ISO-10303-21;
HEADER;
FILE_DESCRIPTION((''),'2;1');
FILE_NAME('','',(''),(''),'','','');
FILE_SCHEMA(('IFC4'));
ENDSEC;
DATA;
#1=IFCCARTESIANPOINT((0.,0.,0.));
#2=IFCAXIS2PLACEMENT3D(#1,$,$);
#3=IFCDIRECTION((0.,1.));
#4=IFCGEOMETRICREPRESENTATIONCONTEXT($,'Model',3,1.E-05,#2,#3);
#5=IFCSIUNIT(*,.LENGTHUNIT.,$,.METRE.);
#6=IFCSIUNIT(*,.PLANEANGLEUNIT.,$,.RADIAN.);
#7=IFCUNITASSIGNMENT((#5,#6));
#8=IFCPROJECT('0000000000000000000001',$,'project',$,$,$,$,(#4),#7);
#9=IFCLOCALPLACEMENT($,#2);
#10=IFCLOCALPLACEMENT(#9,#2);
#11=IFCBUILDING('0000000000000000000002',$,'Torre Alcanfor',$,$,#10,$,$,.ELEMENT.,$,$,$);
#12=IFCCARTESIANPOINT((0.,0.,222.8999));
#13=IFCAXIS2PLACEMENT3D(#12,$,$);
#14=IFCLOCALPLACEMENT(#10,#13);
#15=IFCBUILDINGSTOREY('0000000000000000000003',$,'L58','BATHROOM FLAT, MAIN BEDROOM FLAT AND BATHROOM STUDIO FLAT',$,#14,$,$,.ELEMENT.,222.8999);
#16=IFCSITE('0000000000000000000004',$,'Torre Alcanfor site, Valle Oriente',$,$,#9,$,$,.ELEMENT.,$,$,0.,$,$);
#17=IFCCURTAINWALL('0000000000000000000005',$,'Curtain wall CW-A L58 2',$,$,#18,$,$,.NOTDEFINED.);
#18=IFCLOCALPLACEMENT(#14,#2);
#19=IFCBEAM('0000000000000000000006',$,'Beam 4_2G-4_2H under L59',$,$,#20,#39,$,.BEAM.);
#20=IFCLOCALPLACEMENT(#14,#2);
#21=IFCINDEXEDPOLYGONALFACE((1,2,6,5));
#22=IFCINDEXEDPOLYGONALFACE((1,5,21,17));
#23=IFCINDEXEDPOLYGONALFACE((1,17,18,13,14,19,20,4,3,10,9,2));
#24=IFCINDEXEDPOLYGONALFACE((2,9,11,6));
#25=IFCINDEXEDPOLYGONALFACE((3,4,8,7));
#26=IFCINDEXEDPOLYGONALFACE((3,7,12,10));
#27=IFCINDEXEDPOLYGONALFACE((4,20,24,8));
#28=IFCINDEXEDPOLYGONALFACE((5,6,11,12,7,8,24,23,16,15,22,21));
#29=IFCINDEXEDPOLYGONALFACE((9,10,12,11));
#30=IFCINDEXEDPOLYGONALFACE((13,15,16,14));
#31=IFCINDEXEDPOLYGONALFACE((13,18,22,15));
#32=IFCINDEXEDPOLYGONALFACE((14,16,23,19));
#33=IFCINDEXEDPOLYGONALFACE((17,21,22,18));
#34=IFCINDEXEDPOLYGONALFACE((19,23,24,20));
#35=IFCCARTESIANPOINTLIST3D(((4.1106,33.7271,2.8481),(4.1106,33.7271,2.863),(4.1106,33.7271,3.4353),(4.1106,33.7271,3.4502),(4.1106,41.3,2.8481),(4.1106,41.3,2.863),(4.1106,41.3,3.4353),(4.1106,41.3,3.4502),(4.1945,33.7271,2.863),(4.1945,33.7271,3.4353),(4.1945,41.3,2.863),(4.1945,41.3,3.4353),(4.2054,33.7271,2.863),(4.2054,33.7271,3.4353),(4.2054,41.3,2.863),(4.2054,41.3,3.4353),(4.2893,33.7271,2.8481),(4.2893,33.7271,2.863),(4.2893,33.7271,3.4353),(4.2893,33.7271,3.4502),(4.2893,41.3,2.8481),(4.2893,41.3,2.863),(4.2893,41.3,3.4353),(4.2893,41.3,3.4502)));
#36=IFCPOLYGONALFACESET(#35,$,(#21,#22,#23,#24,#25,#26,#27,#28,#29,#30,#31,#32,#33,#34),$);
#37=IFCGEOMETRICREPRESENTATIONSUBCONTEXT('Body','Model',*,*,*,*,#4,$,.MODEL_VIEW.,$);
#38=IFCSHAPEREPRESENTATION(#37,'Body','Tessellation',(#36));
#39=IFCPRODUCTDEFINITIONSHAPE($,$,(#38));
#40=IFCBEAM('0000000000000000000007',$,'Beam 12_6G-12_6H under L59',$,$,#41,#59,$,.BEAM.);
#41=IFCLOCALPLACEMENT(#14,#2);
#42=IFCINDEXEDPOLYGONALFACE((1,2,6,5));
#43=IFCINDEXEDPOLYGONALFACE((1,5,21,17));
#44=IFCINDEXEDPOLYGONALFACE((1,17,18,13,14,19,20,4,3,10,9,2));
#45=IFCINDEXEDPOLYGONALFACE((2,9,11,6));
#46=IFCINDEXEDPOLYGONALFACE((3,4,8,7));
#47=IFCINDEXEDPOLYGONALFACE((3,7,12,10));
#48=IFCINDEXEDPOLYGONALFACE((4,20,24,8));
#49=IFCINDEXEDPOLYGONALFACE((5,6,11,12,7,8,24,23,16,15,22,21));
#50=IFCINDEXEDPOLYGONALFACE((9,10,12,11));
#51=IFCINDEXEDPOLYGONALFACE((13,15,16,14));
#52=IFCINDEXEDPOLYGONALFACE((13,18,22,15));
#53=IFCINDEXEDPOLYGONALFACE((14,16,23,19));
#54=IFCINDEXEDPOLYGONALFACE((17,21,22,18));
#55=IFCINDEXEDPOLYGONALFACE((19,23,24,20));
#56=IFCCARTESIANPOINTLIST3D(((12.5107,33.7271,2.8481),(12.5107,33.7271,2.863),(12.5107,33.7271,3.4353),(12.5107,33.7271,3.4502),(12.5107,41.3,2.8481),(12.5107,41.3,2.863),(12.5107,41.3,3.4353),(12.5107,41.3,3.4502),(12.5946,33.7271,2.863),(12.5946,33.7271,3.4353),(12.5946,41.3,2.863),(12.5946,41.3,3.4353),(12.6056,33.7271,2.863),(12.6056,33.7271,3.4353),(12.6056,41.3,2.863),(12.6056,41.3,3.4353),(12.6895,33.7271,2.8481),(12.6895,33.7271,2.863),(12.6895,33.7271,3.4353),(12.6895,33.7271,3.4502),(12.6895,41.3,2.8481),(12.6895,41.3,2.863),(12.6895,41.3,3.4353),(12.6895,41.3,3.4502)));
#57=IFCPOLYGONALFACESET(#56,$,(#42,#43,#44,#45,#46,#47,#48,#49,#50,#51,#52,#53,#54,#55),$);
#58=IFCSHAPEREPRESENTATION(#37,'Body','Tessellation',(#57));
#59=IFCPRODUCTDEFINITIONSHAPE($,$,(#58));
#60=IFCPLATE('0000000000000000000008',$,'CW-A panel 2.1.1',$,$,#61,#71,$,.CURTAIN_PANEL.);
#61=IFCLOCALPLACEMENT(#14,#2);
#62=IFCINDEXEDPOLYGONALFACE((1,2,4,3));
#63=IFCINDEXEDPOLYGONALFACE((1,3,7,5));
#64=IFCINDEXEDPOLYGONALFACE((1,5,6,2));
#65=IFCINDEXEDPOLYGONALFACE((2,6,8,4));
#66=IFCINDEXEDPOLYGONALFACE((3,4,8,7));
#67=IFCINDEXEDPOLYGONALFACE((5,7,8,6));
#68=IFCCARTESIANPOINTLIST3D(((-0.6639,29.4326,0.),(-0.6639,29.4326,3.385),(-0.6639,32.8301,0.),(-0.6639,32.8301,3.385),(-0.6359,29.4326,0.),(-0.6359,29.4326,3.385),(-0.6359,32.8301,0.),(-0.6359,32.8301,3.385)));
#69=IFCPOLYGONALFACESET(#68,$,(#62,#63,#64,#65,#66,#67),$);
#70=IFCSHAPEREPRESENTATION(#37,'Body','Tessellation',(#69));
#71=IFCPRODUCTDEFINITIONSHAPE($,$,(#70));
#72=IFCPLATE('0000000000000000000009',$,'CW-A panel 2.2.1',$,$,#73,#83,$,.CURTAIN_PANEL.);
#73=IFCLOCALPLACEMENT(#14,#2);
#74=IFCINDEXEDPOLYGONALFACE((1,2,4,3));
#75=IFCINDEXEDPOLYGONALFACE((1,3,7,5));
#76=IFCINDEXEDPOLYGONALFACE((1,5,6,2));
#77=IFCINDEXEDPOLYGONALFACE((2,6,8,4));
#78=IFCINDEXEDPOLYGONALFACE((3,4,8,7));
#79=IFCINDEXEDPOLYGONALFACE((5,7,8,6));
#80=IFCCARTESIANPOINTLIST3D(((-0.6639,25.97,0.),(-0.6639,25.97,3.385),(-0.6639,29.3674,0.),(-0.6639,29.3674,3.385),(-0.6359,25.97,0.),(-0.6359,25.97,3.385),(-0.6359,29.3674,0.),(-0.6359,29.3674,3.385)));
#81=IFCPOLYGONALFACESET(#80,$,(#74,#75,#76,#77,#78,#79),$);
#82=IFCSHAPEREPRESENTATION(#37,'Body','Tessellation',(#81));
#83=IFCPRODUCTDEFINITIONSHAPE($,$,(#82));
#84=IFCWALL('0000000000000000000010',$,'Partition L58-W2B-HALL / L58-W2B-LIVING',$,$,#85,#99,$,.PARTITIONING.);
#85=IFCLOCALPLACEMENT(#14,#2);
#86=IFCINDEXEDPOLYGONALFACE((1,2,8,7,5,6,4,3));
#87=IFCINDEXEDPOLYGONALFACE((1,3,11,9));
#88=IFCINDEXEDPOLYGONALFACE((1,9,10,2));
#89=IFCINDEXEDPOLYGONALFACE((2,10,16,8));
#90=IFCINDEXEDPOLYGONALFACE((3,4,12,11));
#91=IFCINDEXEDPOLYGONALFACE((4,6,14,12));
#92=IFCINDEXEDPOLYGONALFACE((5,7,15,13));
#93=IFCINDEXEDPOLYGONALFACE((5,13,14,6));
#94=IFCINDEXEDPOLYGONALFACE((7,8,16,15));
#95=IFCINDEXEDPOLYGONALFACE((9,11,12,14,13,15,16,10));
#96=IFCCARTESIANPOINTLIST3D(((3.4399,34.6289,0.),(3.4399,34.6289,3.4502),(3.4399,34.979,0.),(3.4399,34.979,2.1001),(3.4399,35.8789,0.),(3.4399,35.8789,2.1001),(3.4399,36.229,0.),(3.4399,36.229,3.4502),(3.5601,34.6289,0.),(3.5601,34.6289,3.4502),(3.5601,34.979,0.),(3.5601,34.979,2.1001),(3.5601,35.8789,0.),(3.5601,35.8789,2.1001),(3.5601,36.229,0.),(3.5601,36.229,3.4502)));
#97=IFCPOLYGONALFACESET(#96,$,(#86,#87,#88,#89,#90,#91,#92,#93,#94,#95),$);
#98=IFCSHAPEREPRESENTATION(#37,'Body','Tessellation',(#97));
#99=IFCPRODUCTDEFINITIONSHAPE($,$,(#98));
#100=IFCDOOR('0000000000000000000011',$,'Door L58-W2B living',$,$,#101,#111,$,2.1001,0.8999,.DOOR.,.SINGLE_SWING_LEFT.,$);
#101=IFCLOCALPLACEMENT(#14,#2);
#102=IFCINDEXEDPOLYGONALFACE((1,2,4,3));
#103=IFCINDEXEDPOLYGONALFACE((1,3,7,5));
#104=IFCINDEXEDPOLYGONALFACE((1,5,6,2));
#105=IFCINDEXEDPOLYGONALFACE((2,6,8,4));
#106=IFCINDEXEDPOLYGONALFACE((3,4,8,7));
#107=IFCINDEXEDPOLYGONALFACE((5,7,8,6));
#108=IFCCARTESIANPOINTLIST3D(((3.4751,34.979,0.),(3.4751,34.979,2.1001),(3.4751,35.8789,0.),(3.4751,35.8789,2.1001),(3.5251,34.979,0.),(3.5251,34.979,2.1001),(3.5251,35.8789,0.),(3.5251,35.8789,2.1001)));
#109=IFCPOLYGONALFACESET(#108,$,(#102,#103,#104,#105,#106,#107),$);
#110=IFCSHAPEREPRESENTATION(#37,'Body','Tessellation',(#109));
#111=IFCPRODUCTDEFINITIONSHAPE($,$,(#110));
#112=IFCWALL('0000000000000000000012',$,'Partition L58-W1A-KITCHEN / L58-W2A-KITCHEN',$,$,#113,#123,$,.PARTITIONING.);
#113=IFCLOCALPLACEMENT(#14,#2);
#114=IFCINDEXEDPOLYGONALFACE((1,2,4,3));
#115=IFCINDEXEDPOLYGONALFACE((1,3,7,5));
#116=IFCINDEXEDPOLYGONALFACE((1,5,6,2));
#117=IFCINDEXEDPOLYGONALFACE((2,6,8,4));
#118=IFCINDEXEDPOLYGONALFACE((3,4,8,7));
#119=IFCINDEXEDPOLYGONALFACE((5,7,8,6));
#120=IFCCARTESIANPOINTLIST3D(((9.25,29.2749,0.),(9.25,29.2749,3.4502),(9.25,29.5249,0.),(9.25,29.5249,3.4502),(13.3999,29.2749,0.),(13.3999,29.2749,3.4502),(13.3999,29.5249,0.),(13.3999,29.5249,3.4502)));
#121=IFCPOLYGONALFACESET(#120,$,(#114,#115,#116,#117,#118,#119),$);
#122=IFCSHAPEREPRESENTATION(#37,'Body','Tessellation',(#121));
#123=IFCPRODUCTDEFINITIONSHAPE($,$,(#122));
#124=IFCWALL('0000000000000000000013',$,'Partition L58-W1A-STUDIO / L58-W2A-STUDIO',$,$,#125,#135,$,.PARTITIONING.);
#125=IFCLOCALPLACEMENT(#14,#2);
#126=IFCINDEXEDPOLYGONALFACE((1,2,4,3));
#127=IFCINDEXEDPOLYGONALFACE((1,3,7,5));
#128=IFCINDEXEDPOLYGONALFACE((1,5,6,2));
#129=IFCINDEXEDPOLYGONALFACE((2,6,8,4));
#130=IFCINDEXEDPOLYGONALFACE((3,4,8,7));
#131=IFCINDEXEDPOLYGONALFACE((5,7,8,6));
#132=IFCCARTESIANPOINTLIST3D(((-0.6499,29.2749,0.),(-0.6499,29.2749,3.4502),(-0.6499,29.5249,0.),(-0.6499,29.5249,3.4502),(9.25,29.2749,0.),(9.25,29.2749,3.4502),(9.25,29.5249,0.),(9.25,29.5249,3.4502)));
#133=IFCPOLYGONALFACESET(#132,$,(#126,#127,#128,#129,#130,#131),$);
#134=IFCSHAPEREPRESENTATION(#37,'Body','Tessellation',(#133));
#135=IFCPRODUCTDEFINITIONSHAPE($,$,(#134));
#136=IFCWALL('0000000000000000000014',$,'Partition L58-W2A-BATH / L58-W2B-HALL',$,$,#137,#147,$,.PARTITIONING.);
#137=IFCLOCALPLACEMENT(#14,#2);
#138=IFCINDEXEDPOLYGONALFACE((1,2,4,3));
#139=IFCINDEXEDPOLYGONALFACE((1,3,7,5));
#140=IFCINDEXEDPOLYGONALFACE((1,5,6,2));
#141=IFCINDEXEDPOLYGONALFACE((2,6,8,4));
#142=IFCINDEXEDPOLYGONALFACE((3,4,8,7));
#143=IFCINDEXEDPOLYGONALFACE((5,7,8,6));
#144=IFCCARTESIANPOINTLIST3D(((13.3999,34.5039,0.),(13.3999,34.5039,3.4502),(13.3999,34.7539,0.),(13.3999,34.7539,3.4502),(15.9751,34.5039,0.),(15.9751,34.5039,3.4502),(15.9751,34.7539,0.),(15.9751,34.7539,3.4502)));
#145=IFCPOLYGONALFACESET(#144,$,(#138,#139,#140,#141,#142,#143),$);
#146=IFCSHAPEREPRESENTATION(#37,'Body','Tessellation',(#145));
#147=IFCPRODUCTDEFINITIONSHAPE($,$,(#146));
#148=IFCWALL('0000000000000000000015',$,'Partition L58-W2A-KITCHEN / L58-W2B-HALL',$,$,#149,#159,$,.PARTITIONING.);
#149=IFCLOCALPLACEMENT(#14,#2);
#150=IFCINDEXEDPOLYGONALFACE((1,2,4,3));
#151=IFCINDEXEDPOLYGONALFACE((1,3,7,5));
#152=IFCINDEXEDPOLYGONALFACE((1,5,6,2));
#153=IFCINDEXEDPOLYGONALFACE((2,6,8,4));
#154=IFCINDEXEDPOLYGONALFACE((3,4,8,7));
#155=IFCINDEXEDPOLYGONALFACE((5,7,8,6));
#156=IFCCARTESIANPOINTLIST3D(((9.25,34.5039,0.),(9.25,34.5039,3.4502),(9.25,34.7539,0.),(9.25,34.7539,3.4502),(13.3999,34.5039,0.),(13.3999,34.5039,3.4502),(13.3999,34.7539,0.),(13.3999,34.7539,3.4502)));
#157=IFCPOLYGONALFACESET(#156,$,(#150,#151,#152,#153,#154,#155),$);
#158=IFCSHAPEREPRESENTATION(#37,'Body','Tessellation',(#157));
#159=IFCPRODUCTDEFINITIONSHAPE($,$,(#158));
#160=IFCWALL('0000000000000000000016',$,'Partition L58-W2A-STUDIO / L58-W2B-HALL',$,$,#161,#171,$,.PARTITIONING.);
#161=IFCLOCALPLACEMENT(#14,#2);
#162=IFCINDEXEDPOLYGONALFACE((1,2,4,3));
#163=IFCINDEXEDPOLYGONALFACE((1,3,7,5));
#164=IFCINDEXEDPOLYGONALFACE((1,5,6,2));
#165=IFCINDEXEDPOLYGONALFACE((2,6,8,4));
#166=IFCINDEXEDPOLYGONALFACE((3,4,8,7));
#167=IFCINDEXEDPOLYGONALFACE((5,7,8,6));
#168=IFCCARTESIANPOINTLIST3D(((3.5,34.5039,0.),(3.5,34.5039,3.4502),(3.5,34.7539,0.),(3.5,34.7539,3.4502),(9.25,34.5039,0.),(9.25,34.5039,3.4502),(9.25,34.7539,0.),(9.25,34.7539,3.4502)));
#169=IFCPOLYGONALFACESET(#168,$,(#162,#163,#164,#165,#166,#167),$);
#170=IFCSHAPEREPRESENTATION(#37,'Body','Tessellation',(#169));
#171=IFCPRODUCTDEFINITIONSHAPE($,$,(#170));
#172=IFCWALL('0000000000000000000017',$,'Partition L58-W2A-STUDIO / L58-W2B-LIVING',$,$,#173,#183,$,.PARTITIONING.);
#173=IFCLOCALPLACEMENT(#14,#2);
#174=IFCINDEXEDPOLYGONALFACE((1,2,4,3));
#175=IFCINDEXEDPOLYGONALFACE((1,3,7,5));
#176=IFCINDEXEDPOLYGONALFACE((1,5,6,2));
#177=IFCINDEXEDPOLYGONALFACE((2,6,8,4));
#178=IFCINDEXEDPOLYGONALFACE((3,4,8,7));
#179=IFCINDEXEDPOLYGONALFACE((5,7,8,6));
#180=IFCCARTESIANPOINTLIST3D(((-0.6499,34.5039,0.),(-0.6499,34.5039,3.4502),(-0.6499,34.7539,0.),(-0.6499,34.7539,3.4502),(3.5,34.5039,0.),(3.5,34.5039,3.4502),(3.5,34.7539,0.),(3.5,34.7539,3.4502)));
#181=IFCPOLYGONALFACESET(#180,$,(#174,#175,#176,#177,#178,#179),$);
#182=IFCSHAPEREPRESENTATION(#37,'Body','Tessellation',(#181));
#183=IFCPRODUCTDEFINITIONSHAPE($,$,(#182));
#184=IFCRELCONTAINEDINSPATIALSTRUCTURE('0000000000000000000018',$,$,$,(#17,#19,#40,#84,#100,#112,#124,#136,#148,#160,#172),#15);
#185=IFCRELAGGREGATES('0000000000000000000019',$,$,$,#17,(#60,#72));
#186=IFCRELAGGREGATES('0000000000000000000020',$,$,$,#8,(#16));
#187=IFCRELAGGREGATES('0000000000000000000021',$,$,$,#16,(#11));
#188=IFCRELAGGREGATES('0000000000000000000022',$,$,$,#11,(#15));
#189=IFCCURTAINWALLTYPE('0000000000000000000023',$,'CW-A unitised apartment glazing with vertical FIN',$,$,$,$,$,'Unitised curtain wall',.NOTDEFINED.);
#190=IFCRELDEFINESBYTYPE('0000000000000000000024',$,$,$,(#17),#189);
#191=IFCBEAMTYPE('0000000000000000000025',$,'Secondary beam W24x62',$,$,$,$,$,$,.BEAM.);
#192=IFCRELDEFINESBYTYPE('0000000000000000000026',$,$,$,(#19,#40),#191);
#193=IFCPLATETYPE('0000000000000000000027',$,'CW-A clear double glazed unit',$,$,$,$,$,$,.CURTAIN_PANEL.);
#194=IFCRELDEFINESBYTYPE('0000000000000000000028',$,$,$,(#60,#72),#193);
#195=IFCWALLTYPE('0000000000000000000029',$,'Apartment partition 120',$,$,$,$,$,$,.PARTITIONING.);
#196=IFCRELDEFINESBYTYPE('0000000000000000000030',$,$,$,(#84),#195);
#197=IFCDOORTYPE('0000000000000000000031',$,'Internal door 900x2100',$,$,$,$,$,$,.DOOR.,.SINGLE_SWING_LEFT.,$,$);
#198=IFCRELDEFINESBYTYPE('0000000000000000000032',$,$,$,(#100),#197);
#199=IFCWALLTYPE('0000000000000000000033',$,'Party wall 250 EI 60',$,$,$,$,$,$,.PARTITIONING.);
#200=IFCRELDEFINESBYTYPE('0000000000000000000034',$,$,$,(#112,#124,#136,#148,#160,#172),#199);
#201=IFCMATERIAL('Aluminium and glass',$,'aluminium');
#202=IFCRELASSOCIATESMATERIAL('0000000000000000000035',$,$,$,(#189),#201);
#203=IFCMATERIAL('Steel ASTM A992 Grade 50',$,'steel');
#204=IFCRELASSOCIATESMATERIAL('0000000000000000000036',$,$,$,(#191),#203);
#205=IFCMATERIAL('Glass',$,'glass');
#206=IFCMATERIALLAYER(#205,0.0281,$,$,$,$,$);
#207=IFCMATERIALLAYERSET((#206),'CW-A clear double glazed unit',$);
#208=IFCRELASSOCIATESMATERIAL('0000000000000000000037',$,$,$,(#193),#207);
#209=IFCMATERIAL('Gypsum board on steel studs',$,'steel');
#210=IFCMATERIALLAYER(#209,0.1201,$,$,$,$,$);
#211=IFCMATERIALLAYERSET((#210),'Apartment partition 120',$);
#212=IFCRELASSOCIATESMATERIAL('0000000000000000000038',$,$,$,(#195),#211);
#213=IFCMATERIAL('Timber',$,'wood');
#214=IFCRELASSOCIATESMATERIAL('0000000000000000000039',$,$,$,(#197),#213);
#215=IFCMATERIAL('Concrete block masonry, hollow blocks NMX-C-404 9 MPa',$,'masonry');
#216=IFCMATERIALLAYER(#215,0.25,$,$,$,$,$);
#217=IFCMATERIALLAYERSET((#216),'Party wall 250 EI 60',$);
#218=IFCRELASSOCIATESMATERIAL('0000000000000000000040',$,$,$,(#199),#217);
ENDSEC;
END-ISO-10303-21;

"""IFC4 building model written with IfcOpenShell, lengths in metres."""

from ifc_helpers import new_model, si_unit, direction, frame, frame_2d, origin, origin_2d, place, context, subcontext, project, spatial, rectangle, i_section, extrude, material, layer, layer_set, material_profile, profile_set, type_object, element, fill, aggregate, save


model = new_model("IFC4")

# Units and contexts
model_context = context("Model", 3, precision=1e-05, world=origin(), true_north=direction((0.0, 1.0)))
body_context = subcontext(model_context, "Body", "Model", "MODEL_VIEW")
ifc_project = project(units=[si_unit("LENGTHUNIT", "METRE"), si_unit("PLANEANGLEUNIT", "RADIAN")], contexts=[model_context])

# Site, building, storey
site_placement = place(None, origin())
site = spatial("IfcSite", under=ifc_project, at=site_placement, Name="Torre Alcanfor site, Valle Oriente", CompositionType="ELEMENT", RefElevation=0.0)
building_placement = place(site_placement, origin())
building = spatial("IfcBuilding", under=site, at=building_placement, Name="Torre Alcanfor", CompositionType="ELEMENT")
storey_placement = place(building_placement, frame((0.0, 0.0, 222.8999)))
storey = spatial("IfcBuildingStorey", under=building, at=storey_placement, Name="L58", Description="BATHROOM FLAT, MAIN BEDROOM FLAT AND BATHROOM STUDIO FLAT", CompositionType="ELEMENT", Elevation=222.8999)

# Curtain wall
ifc_material_1 = material(Name="Aluminium and glass", Category="aluminium")
curtain_wall_type = type_object("IfcCurtainWallType", Name="CW-A unitised apartment glazing with vertical FIN", ElementType="Unitised curtain wall", PredefinedType="NOTDEFINED", material=ifc_material_1)
curtain_wall_placement = place(storey_placement, origin())
curtain_wall = element("IfcCurtainWall", 1, at=curtain_wall_placement, inside=storey, type_object=curtain_wall_type, Name="Curtain wall CW-A L58 2", PredefinedType="NOTDEFINED")

# Beams
ifc_material_2 = material(Name="Steel ASTM A992 Grade 50", Category="steel")
ifc_material_profile_1 = material_profile(ifc_material_2, i_section(OverallWidth=0.1787, OverallDepth=0.6021, WebThickness=0.011, FlangeThickness=0.0149, at=origin_2d()), Name="W24x62")
ifc_profile_set_1 = profile_set([ifc_material_profile_1], Name="Steel ASTM A992 Grade 50")
beam_type_1 = type_object("IfcBeamType", Name="Secondary beam W24x62", PredefinedType="BEAM", material=ifc_profile_set_1)
for number, where, z_axis, x_axis, name in (
    (2, (4.2, 33.7271, 3.1492), (0.0, 1.0, 0.0), (-1.0, 0.0, 0.0), "Beam 4_2G-4_2H under L59"),
    (3, (12.6001, 33.7271, 3.1492), (0.0, 1.0, 0.0), (-1.0, 0.0, 0.0), "Beam 12_6G-12_6H under L59"),
):
    element("IfcBeam", number, at=place(storey_placement, frame(where, z_axis=z_axis, x_axis=x_axis)), inside=storey, type_object=beam_type_1, Name=name, PredefinedType="BEAM", context=body_context, shape_type="SweptSolid", body=[
        extrude(i_section(OverallWidth=0.1787, OverallDepth=0.6021, WebThickness=0.011, FlangeThickness=0.0149, at=origin_2d()), origin(), (0.0, 0.0, 1.0), 7.573),
    ])

# Plates
ifc_material_3 = material(Name="Glass", Category="glass")
ifc_layer_1 = layer(ifc_material_3, 0.0281)
ifc_layer_set_1 = layer_set([ifc_layer_1], Name="CW-A clear double glazed unit")
plate_type = type_object("IfcPlateType", Name="CW-A clear double glazed unit", PredefinedType="CURTAIN_PANEL", material=ifc_layer_set_1)
plate_1_placement = place(storey_placement, frame((-0.6499, 31.1313, 0.0), z_axis=(0.0, 0.0, 1.0), x_axis=(0.0, -1.0, 0.0)))
plate_1 = element("IfcPlate", 4, at=plate_1_placement, type_object=plate_type, Name="CW-A panel 2.1.1", PredefinedType="CURTAIN_PANEL", context=body_context, shape_type="SweptSolid", body=[
    extrude(rectangle(XDim=3.3975, YDim=0.0281, at=origin_2d()), origin(), (0.0, 0.0, 1.0), 3.385),
])
plate_2_placement = place(storey_placement, frame((-0.6499, 27.6687, 0.0), z_axis=(0.0, 0.0, 1.0), x_axis=(0.0, -1.0, 0.0)))
plate_2 = element("IfcPlate", 5, at=plate_2_placement, type_object=plate_type, Name="CW-A panel 2.2.1", PredefinedType="CURTAIN_PANEL", context=body_context, shape_type="SweptSolid", body=[
    extrude(rectangle(XDim=3.3975, YDim=0.0281, at=origin_2d()), origin(), (0.0, 0.0, 1.0), 3.385),
])
aggregate(curtain_wall, [plate_1, plate_2])

# Wall, opening, door
ifc_material_4 = material(Name="Gypsum board on steel studs", Category="steel")
ifc_layer_2 = layer(ifc_material_4, 0.1201)
ifc_layer_set_2 = layer_set([ifc_layer_2], Name="Apartment partition 120")
wall_type_1 = type_object("IfcWallType", Name="Apartment partition 120", PredefinedType="PARTITIONING", material=ifc_layer_set_2)
wall_1_placement = place(storey_placement, frame((3.5, 34.6289, 0.0), z_axis=(0.0, 0.0, 1.0), x_axis=(0.0, 1.0, 0.0)))
wall_1 = element("IfcWall", 6, at=wall_1_placement, inside=storey, type_object=wall_type_1, Name="Partition L58-W2B-HALL / L58-W2B-LIVING", PredefinedType="PARTITIONING", context=body_context, shape_type="SweptSolid", body=[
    extrude(rectangle(XDim=1.6001, YDim=0.1201, at=frame_2d((0.8, 0.0))), origin(), (0.0, 0.0, 1.0), 3.4502),
])
opening_1_placement = place(wall_1_placement, frame((0.3501, 0.0, 0.0)))
opening_1 = element("IfcOpeningElement", 7, at=opening_1_placement, cuts=wall_1, PredefinedType="OPENING", context=body_context, shape_type="SweptSolid", body=[
    extrude(rectangle(XDim=0.8999, YDim=2.1001, at=frame_2d((0.45, 1.05))), frame((0.0, 0.0701, 0.0), z_axis=(0.0, -1.0, 0.0), x_axis=(1.0, 0.0, 0.0)), (0.0, 0.0, 1.0), 0.1401),
])
ifc_material_5 = material(Name="Timber", Category="wood")
door_type_1 = type_object("IfcDoorType", Name="Internal door 900x2100", OperationType="SINGLE_SWING_LEFT", PredefinedType="DOOR", material=ifc_material_5)
door_1_placement = place(opening_1_placement, origin())
door_1 = element("IfcDoor", 8, at=door_1_placement, inside=storey, type_object=door_type_1, Name="Door L58-W2B living", OperationType="SINGLE_SWING_LEFT", OverallHeight=2.1001, OverallWidth=0.8999, PredefinedType="DOOR", context=body_context, shape_type="SweptSolid", body=[
    extrude(rectangle(XDim=0.8999, YDim=2.1001, at=frame_2d((0.45, 1.05))), frame((0.0, 0.0249, 0.0), z_axis=(0.0, -1.0, 0.0), x_axis=(1.0, 0.0, 0.0)), (0.0, 0.0, 1.0), 0.05),
])
fill(opening_1, door_1)

# Walls
ifc_material_6 = material(Name="Concrete block masonry, hollow blocks NMX-C-404 9 MPa", Category="masonry")
ifc_layer_3 = layer(ifc_material_6, 0.25)
ifc_layer_set_3 = layer_set([ifc_layer_3], Name="Party wall 250 EI 60")
wall_type_2 = type_object("IfcWallType", Name="Party wall 250 EI 60", PredefinedType="PARTITIONING", material=ifc_layer_set_3)
wall_2_placement = place(storey_placement, frame((13.3999, 29.3999, 0.0), z_axis=(0.0, 0.0, 1.0), x_axis=(-1.0, 0.0, 0.0)))
element("IfcWall", 9, at=wall_2_placement, inside=storey, type_object=wall_type_2, Name="Partition L58-W1A-KITCHEN / L58-W2A-KITCHEN", PredefinedType="PARTITIONING", context=body_context, shape_type="SweptSolid", body=[
    extrude(rectangle(XDim=4.1499, YDim=0.25, at=frame_2d((2.075, 0.0))), origin(), (0.0, 0.0, 1.0), 3.4502),
])
wall_3_placement = place(storey_placement, frame((9.25, 29.3999, 0.0), z_axis=(0.0, 0.0, 1.0), x_axis=(-1.0, 0.0, 0.0)))
element("IfcWall", 10, at=wall_3_placement, inside=storey, type_object=wall_type_2, Name="Partition L58-W1A-STUDIO / L58-W2A-STUDIO", PredefinedType="PARTITIONING", context=body_context, shape_type="SweptSolid", body=[
    extrude(rectangle(XDim=9.8999, YDim=0.25, at=frame_2d((4.95, 0.0))), origin(), (0.0, 0.0, 1.0), 3.4502),
])
wall_4_placement = place(storey_placement, frame((13.3999, 34.6289, 0.0), z_axis=(0.0, 0.0, 1.0), x_axis=(1.0, 0.0, 0.0)))
element("IfcWall", 11, at=wall_4_placement, inside=storey, type_object=wall_type_2, Name="Partition L58-W2A-BATH / L58-W2B-HALL", PredefinedType="PARTITIONING", context=body_context, shape_type="SweptSolid", body=[
    extrude(rectangle(XDim=2.5752, YDim=0.25, at=frame_2d((1.2876, 0.0))), origin(), (0.0, 0.0, 1.0), 3.4502),
])
wall_5_placement = place(storey_placement, frame((9.25, 34.6289, 0.0), z_axis=(0.0, 0.0, 1.0), x_axis=(1.0, 0.0, 0.0)))
element("IfcWall", 12, at=wall_5_placement, inside=storey, type_object=wall_type_2, Name="Partition L58-W2A-KITCHEN / L58-W2B-HALL", PredefinedType="PARTITIONING", context=body_context, shape_type="SweptSolid", body=[
    extrude(rectangle(XDim=4.1499, YDim=0.25, at=frame_2d((2.075, 0.0))), origin(), (0.0, 0.0, 1.0), 3.4502),
])
wall_6_placement = place(storey_placement, frame((3.5, 34.6289, 0.0), z_axis=(0.0, 0.0, 1.0), x_axis=(1.0, 0.0, 0.0)))
element("IfcWall", 13, at=wall_6_placement, inside=storey, type_object=wall_type_2, Name="Partition L58-W2A-STUDIO / L58-W2B-HALL", PredefinedType="PARTITIONING", context=body_context, shape_type="SweptSolid", body=[
    extrude(rectangle(XDim=5.75, YDim=0.25, at=frame_2d((2.875, 0.0))), origin(), (0.0, 0.0, 1.0), 3.4502),
])
wall_7_placement = place(storey_placement, frame((-0.6499, 34.6289, 0.0), z_axis=(0.0, 0.0, 1.0), x_axis=(1.0, 0.0, 0.0)))
element("IfcWall", 14, at=wall_7_placement, inside=storey, type_object=wall_type_2, Name="Partition L58-W2A-STUDIO / L58-W2B-LIVING", PredefinedType="PARTITIONING", context=body_context, shape_type="SweptSolid", body=[
    extrude(rectangle(XDim=4.1499, YDim=0.25, at=frame_2d((2.075, 0.0))), origin(), (0.0, 0.0, 1.0), 3.4502),
])

save(model, "model.ifc")
